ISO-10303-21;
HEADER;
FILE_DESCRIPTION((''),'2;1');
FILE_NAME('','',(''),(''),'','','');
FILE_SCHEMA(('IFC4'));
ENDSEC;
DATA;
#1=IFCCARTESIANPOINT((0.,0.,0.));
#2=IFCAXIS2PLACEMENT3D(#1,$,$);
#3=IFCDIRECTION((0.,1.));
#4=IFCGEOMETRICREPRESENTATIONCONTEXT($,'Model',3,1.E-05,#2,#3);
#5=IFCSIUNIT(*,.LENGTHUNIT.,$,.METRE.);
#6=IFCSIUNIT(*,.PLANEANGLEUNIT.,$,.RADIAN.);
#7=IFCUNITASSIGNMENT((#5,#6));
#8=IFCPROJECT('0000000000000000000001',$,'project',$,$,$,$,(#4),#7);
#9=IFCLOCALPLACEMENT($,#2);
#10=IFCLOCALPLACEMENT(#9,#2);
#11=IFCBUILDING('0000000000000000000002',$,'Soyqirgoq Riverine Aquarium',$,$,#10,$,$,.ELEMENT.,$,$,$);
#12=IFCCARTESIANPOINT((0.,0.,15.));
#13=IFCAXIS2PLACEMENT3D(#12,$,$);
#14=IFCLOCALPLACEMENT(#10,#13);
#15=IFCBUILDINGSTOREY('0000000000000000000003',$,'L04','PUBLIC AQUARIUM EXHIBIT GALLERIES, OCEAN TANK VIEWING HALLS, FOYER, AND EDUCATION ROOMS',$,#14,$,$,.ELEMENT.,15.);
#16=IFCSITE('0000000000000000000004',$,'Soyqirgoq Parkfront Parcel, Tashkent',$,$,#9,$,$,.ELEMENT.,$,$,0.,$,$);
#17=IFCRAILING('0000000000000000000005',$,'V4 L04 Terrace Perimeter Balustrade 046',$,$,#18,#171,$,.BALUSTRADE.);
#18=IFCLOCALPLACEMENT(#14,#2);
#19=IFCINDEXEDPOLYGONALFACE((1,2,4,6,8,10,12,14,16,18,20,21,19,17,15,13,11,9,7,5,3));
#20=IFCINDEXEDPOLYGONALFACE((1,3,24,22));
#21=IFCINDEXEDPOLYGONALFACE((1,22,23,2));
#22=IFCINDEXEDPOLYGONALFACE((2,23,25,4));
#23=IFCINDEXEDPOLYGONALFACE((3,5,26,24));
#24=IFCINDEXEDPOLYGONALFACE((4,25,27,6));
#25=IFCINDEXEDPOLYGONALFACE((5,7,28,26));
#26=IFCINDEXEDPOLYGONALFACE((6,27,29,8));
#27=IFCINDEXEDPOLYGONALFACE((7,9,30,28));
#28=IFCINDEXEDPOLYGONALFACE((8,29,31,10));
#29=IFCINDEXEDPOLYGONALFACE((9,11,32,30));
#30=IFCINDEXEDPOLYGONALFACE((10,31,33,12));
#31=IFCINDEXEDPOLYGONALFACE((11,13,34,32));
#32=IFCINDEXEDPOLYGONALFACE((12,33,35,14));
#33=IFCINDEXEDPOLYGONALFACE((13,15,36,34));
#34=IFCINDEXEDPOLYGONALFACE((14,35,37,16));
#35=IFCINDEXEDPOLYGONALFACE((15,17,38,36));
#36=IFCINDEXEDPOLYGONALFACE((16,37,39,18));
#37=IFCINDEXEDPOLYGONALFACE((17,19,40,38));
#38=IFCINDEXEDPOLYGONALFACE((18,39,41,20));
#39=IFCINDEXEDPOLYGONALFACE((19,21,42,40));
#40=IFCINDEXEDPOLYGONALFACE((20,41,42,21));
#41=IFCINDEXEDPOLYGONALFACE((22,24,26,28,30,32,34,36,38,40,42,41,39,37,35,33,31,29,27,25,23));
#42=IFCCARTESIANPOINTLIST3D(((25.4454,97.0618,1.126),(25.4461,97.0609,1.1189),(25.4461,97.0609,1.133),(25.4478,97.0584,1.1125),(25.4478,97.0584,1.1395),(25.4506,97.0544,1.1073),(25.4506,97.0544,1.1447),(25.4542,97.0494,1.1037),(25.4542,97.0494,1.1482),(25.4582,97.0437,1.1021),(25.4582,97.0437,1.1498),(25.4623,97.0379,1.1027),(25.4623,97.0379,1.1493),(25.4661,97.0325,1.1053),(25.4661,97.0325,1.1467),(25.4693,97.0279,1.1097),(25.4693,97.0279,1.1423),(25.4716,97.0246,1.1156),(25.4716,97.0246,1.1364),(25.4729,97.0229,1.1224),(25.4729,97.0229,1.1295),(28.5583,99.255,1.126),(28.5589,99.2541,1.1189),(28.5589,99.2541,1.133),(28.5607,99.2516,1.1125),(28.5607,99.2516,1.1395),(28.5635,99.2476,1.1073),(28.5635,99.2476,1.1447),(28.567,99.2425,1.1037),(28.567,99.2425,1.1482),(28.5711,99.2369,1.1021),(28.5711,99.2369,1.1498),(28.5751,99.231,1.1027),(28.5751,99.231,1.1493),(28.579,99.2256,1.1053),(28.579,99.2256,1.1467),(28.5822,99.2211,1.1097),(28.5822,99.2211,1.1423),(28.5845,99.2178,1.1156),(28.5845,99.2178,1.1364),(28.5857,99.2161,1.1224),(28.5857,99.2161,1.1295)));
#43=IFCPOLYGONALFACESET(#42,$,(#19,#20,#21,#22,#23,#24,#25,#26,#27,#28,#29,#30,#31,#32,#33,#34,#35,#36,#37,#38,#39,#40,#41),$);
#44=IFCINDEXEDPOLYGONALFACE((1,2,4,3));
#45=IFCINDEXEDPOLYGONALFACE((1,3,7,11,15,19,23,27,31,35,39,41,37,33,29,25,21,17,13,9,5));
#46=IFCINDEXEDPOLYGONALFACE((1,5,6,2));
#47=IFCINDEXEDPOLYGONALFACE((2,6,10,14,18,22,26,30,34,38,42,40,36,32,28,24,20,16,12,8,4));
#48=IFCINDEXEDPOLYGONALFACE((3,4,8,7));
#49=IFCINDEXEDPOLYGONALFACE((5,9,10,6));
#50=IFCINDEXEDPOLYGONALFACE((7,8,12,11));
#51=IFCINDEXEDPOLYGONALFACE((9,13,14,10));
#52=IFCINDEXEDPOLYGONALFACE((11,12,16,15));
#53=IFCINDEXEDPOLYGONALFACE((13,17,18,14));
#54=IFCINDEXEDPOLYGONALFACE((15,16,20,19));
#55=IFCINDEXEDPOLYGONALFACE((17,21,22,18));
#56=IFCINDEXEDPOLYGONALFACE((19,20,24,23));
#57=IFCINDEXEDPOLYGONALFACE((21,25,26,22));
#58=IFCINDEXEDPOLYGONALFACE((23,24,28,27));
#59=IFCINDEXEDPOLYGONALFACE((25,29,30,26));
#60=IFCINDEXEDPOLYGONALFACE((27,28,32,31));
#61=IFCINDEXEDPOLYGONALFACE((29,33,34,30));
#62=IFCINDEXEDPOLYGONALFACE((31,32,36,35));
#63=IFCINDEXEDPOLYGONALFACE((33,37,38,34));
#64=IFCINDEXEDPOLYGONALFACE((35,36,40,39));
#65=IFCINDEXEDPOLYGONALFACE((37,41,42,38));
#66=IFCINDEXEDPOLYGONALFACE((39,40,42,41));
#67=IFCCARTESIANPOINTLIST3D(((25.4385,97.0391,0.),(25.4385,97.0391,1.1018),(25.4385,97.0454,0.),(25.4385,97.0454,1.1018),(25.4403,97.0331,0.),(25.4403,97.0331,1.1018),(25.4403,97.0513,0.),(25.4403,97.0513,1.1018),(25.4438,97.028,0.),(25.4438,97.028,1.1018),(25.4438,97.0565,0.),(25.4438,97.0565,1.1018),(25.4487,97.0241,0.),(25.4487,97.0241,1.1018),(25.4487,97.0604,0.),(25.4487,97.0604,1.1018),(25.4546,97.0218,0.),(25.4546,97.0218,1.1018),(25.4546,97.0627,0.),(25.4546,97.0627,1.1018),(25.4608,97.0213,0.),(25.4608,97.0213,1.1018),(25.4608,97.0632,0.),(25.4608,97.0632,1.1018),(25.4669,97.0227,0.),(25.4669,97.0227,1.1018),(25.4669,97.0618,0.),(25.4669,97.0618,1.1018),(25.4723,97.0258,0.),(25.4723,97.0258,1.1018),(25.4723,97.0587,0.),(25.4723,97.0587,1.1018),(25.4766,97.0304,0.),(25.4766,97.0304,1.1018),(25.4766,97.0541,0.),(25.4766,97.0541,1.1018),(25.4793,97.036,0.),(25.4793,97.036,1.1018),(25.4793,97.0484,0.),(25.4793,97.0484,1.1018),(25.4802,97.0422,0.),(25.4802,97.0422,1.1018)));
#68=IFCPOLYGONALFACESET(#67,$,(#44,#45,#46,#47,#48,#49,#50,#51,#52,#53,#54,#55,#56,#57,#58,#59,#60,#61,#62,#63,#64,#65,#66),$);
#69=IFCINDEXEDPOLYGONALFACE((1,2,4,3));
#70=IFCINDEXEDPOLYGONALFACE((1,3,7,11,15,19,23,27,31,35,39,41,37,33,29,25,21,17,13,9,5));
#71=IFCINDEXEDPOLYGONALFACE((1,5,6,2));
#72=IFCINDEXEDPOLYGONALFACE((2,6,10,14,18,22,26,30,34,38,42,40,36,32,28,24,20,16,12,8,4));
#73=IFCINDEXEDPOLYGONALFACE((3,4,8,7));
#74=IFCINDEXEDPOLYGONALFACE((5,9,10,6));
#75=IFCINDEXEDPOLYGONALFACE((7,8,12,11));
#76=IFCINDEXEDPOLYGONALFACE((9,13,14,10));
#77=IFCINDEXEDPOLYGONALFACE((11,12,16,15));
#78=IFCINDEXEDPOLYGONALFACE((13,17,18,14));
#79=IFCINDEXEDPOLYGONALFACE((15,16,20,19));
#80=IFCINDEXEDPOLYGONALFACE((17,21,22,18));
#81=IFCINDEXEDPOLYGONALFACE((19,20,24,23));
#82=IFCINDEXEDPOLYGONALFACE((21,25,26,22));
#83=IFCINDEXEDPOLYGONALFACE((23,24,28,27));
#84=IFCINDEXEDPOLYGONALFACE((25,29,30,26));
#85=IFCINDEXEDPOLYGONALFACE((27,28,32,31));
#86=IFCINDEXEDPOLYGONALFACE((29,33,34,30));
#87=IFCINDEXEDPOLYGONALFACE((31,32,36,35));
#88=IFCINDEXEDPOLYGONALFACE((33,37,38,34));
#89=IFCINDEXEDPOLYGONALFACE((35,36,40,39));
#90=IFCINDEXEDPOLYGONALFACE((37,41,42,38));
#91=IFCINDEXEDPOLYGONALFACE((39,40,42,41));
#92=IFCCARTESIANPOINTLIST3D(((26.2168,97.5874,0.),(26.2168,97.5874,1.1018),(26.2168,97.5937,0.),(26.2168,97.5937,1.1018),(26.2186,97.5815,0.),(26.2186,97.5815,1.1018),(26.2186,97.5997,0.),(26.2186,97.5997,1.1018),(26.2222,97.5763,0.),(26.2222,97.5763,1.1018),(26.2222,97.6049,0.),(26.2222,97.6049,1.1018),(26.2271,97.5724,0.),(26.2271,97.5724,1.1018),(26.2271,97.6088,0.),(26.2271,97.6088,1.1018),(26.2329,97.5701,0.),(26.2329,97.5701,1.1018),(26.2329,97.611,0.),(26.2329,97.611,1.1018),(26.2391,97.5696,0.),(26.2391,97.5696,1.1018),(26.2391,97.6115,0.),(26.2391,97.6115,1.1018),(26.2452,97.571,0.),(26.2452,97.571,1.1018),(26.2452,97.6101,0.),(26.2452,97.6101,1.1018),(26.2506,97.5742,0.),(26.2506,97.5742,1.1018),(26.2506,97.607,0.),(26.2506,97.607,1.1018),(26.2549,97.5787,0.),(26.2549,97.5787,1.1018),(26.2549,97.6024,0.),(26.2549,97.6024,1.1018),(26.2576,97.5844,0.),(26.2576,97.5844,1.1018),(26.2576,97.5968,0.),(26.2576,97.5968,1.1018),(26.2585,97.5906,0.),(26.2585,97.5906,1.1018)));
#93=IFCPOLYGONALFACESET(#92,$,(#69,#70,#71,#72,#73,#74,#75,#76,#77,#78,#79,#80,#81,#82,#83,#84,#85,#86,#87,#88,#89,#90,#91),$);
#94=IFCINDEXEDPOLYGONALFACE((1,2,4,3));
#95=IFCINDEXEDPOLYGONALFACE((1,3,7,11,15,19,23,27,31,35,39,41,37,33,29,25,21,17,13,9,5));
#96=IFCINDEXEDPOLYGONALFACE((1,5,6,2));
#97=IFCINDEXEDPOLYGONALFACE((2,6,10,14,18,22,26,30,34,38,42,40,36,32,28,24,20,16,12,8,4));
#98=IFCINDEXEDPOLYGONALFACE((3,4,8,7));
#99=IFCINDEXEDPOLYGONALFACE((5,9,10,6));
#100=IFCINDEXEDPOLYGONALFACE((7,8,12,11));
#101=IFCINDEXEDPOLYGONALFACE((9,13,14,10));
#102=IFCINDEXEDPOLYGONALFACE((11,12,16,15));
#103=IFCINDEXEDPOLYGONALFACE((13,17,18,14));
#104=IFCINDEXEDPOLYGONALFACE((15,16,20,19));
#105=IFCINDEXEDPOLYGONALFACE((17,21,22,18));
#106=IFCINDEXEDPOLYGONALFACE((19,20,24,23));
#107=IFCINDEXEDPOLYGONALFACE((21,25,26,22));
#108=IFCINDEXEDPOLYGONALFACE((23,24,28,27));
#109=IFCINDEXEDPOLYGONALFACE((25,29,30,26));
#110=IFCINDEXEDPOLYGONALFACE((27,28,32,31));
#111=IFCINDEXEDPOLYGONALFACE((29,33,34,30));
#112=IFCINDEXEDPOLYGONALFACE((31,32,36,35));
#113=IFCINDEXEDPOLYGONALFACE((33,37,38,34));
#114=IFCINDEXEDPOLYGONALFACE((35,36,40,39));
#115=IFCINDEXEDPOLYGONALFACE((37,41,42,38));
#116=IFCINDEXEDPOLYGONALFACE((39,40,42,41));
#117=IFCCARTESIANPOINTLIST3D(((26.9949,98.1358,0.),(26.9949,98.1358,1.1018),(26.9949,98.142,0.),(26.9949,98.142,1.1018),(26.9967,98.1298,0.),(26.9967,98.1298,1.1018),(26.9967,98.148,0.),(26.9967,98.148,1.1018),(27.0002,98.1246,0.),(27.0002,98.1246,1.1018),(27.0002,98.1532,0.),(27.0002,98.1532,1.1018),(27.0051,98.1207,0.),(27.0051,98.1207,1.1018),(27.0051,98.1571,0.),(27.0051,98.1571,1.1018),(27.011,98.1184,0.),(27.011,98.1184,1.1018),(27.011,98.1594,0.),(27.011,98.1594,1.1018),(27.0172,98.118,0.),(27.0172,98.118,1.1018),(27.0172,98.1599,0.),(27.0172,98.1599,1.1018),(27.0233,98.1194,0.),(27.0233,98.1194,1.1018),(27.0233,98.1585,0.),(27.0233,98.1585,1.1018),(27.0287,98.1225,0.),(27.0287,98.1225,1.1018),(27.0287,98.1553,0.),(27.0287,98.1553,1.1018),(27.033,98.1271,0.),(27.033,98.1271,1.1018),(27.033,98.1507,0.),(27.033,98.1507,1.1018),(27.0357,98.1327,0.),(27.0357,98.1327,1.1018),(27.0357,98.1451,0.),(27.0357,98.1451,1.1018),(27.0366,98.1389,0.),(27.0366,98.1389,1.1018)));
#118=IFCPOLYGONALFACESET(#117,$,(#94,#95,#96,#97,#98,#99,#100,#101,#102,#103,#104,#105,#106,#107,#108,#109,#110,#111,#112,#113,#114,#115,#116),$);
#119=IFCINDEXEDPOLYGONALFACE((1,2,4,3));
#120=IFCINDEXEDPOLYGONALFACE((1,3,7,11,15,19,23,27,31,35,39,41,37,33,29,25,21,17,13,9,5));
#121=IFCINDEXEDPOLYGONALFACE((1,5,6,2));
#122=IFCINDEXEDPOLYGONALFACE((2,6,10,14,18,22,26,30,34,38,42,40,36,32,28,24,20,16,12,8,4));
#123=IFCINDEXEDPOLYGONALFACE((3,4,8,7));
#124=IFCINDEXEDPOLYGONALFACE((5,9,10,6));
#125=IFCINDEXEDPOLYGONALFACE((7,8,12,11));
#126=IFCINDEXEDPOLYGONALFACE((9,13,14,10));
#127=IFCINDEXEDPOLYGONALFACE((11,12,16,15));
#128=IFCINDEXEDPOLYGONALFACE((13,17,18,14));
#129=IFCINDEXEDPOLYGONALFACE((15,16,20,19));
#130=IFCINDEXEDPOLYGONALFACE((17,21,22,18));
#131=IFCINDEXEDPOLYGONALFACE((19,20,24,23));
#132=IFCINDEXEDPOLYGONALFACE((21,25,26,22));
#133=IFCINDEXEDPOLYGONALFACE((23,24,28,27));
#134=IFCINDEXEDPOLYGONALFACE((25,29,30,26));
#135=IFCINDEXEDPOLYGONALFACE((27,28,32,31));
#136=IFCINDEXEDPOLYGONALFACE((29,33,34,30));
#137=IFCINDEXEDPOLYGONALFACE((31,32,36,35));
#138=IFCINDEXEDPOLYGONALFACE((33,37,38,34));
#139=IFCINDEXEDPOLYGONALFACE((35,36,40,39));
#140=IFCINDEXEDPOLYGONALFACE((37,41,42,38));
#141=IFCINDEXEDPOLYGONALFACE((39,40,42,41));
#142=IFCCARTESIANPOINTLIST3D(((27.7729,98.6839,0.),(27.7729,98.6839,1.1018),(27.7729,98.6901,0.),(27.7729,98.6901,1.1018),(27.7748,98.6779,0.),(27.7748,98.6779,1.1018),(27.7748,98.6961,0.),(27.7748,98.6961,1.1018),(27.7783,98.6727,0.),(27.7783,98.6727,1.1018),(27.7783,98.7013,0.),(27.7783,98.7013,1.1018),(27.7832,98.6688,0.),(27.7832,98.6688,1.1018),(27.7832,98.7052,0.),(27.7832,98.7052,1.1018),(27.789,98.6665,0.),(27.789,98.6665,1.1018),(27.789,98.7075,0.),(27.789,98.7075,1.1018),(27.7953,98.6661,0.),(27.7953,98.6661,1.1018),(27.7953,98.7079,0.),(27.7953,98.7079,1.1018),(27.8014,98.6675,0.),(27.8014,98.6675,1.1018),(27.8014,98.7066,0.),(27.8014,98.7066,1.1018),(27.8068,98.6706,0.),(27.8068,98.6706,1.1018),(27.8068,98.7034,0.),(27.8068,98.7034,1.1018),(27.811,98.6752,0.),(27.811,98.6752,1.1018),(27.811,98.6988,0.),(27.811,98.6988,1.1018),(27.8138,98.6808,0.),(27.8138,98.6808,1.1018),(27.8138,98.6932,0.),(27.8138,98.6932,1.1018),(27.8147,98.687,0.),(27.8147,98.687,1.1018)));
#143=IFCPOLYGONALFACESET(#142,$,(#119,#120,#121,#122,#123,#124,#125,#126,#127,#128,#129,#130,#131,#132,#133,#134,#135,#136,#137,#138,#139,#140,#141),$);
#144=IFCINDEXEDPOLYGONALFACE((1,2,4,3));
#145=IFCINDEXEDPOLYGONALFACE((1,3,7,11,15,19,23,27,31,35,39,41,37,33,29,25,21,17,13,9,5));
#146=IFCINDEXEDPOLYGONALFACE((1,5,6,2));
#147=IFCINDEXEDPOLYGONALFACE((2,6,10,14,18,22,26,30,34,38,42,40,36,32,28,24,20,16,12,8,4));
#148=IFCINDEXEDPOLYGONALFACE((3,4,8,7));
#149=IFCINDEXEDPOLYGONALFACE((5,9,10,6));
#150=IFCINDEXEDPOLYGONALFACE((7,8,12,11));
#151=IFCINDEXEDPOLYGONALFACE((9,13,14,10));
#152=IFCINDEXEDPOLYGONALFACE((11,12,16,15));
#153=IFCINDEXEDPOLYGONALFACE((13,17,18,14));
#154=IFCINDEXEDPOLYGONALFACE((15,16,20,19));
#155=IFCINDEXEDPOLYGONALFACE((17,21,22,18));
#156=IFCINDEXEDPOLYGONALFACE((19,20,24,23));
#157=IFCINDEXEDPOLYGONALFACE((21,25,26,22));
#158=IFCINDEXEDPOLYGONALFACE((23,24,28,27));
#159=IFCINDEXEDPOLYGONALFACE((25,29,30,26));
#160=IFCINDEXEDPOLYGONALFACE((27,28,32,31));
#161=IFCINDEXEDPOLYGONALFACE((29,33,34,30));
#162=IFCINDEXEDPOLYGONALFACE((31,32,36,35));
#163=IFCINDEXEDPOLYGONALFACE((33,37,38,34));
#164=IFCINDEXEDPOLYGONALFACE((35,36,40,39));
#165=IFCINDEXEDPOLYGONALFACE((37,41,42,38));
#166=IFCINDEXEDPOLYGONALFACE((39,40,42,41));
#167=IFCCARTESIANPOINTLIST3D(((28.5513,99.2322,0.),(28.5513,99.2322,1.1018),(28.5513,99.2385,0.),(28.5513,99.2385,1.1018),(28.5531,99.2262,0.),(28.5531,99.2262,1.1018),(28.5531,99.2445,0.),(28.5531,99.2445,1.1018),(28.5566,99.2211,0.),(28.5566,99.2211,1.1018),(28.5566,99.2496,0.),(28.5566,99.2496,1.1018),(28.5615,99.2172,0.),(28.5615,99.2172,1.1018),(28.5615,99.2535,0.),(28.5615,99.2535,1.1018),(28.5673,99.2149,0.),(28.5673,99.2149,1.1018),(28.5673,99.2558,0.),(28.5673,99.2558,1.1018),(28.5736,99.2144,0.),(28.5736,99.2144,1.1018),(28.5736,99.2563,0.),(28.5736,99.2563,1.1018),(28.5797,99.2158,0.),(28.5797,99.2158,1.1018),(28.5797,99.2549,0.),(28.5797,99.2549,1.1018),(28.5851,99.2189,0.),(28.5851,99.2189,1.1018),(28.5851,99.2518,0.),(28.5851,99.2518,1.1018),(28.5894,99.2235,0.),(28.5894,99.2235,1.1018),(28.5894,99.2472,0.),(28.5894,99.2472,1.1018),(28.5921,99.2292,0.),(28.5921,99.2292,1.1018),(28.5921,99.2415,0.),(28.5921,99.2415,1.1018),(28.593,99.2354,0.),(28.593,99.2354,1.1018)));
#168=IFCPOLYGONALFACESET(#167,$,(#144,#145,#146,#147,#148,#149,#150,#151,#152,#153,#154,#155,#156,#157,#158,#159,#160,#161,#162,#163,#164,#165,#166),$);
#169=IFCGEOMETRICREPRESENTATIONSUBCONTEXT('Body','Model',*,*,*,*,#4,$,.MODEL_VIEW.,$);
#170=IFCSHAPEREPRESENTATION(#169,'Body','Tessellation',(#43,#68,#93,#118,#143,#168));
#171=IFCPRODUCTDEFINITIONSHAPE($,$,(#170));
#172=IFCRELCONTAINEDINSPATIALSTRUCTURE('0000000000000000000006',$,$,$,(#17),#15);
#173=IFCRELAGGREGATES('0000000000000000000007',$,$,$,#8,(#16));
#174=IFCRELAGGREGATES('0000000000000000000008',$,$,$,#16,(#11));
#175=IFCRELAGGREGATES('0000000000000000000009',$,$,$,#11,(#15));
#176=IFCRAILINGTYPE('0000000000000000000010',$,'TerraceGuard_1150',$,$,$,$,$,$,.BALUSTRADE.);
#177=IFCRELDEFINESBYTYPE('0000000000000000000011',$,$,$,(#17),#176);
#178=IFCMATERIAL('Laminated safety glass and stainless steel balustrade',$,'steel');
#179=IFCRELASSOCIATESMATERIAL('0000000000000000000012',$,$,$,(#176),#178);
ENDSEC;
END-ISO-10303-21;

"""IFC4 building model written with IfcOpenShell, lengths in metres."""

from ifc_helpers import new_model, si_unit, direction, frame, origin, origin_2d, place, context, subcontext, project, spatial, circle, extrude, material, type_object, element, save


model = new_model("IFC4")

# Units and contexts
model_context = context("Model", 3, precision=1e-05, world=origin(), true_north=direction((0.0, 1.0)))
body_context = subcontext(model_context, "Body", "Model", "MODEL_VIEW")
ifc_project = project(units=[si_unit("LENGTHUNIT", "METRE"), si_unit("PLANEANGLEUNIT", "RADIAN")], contexts=[model_context])

# Site, building, storey
site_placement = place(None, origin())
site = spatial("IfcSite", under=ifc_project, at=site_placement, Name="Soyqirgoq Parkfront Parcel, Tashkent", CompositionType="ELEMENT", RefElevation=0.0)
building_placement = place(site_placement, origin())
building = spatial("IfcBuilding", under=site, at=building_placement, Name="Soyqirgoq Riverine Aquarium", CompositionType="ELEMENT")
storey_placement = place(building_placement, frame((0.0, 0.0, 15.0)))
storey = spatial("IfcBuildingStorey", under=building, at=storey_placement, Name="L04", Description="PUBLIC AQUARIUM EXHIBIT GALLERIES, OCEAN TANK VIEWING HALLS, FOYER, AND EDUCATION ROOMS", CompositionType="ELEMENT", Elevation=15.0)

# Railing
ifc_material_1 = material(Name="Laminated safety glass and stainless steel balustrade", Category="steel")
railing_type = type_object("IfcRailingType", Name="TerraceGuard_1150", PredefinedType="BALUSTRADE", material=ifc_material_1)
railing_1_placement = place(storey_placement, frame((25.4592, 97.0422, 0.0)))
element("IfcRailing", 1, at=railing_1_placement, inside=storey, type_object=railing_type, Name="V4 L04 Terrace Perimeter Balustrade 046", PredefinedType="BALUSTRADE", context=body_context, shape_type="SweptSolid", body=[
    extrude(circle(Radius=0.0239, at=origin_2d()), frame((0.0, 0.0, 1.126), z_axis=(0.817481, 0.575955, 0.0), x_axis=(-0.575955, 0.817481, 0.0)), (0.0, 0.0, 1.0), 3.8079),
    extrude(circle(Radius=0.021, at=origin_2d()), origin(), (0.0, 0.0, 1.0), 1.1018),
    extrude(circle(Radius=0.021, at=origin_2d()), frame((0.7783, 0.5483, 0.0)), (0.0, 0.0, 1.0), 1.1018),
    extrude(circle(Radius=0.021, at=origin_2d()), frame((1.5564, 1.0967, 0.0)), (0.0, 0.0, 1.0), 1.1018),
    extrude(circle(Radius=0.021, at=origin_2d()), frame((2.3345, 1.6448, 0.0)), (0.0, 0.0, 1.0), 1.1018),
    extrude(circle(Radius=0.021, at=origin_2d()), frame((3.1128, 2.1931, 0.0)), (0.0, 0.0, 1.0), 1.1018),
])

save(model, "model.ifc")
